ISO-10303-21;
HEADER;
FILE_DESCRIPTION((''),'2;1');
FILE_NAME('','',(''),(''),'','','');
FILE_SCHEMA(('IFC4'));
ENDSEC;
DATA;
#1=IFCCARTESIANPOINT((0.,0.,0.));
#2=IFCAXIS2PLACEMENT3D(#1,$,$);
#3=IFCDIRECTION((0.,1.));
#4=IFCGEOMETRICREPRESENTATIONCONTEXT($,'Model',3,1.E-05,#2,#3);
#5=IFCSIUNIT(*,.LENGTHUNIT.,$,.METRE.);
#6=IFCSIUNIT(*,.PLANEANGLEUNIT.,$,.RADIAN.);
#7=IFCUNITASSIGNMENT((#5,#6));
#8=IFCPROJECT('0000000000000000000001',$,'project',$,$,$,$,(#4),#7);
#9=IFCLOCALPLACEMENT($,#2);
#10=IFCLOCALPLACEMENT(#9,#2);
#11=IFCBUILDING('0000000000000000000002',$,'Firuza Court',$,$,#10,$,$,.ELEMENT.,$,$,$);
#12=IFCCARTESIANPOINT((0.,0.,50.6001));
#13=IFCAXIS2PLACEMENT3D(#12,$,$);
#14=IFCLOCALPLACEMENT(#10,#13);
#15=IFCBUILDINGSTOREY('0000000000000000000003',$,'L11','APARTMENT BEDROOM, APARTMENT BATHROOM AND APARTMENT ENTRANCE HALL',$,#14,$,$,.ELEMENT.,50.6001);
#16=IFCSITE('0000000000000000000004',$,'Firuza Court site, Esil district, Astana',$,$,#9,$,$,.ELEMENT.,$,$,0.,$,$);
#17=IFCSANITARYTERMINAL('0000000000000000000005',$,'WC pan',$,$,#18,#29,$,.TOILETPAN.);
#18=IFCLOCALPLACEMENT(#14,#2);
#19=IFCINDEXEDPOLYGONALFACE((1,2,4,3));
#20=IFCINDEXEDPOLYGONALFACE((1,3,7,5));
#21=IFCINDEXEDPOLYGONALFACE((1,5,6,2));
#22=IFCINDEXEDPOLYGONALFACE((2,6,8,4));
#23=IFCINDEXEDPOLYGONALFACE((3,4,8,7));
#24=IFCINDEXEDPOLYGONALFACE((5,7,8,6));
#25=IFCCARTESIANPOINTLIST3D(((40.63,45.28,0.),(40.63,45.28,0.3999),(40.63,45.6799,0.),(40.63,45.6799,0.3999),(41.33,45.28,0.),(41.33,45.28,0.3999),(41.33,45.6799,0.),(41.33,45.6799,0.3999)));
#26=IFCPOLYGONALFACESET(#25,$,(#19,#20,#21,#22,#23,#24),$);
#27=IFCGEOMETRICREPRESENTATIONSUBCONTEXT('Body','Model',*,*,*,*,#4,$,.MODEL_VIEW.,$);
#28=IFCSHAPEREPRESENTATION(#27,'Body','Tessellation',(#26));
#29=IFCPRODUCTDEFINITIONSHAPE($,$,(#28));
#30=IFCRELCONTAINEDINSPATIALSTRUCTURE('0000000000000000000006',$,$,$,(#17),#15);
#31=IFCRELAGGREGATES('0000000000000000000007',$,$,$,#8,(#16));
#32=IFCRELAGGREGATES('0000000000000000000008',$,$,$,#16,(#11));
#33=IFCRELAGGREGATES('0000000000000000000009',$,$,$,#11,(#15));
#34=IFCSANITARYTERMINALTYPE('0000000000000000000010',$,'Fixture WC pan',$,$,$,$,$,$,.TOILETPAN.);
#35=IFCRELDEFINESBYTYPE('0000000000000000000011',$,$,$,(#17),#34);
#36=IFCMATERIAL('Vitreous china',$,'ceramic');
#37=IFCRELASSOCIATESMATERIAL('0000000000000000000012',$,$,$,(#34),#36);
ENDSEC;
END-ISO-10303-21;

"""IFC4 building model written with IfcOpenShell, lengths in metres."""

from ifc_helpers import new_model, si_unit, direction, frame, origin, origin_2d, place, context, subcontext, project, spatial, rectangle, extrude, material, type_object, element, save


model = new_model("IFC4")

# Units and contexts
model_context = context("Model", 3, precision=1e-05, world=origin(), true_north=direction((0.0, 1.0)))
body_context = subcontext(model_context, "Body", "Model", "MODEL_VIEW")
ifc_project = project(units=[si_unit("LENGTHUNIT", "METRE"), si_unit("PLANEANGLEUNIT", "RADIAN")], contexts=[model_context])

# Site, building, storey
site_placement = place(None, origin())
site = spatial("IfcSite", under=ifc_project, at=site_placement, Name="Firuza Court site, Esil district, Astana", CompositionType="ELEMENT", RefElevation=0.0)
building_placement = place(site_placement, origin())
building = spatial("IfcBuilding", under=site, at=building_placement, Name="Firuza Court", CompositionType="ELEMENT")
storey_placement = place(building_placement, frame((0.0, 0.0, 50.6001)))
storey = spatial("IfcBuildingStorey", under=building, at=storey_placement, Name="L11", Description="APARTMENT BEDROOM, APARTMENT BATHROOM AND APARTMENT ENTRANCE HALL", CompositionType="ELEMENT", Elevation=50.6001)

# Sanitary terminal
ifc_material_1 = material(Name="Vitreous china", Category="ceramic")
sanitary_terminal_type_1 = type_object("IfcSanitaryTerminalType", Name="Fixture WC pan", PredefinedType="TOILETPAN", material=ifc_material_1)
sanitary_terminal_1_placement = place(storey_placement, frame((40.98, 45.48, 0.0), z_axis=(0.0, 0.0, 1.0), x_axis=(1.0, 0.0, 0.0)))
element("IfcSanitaryTerminal", 1, at=sanitary_terminal_1_placement, inside=storey, type_object=sanitary_terminal_type_1, Name="WC pan", PredefinedType="TOILETPAN", context=body_context, shape_type="SweptSolid", body=[
    extrude(rectangle(XDim=0.7, YDim=0.3999, at=origin_2d()), origin(), (0.0, 0.0, 1.0), 0.3999),
])

save(model, "model.ifc")
